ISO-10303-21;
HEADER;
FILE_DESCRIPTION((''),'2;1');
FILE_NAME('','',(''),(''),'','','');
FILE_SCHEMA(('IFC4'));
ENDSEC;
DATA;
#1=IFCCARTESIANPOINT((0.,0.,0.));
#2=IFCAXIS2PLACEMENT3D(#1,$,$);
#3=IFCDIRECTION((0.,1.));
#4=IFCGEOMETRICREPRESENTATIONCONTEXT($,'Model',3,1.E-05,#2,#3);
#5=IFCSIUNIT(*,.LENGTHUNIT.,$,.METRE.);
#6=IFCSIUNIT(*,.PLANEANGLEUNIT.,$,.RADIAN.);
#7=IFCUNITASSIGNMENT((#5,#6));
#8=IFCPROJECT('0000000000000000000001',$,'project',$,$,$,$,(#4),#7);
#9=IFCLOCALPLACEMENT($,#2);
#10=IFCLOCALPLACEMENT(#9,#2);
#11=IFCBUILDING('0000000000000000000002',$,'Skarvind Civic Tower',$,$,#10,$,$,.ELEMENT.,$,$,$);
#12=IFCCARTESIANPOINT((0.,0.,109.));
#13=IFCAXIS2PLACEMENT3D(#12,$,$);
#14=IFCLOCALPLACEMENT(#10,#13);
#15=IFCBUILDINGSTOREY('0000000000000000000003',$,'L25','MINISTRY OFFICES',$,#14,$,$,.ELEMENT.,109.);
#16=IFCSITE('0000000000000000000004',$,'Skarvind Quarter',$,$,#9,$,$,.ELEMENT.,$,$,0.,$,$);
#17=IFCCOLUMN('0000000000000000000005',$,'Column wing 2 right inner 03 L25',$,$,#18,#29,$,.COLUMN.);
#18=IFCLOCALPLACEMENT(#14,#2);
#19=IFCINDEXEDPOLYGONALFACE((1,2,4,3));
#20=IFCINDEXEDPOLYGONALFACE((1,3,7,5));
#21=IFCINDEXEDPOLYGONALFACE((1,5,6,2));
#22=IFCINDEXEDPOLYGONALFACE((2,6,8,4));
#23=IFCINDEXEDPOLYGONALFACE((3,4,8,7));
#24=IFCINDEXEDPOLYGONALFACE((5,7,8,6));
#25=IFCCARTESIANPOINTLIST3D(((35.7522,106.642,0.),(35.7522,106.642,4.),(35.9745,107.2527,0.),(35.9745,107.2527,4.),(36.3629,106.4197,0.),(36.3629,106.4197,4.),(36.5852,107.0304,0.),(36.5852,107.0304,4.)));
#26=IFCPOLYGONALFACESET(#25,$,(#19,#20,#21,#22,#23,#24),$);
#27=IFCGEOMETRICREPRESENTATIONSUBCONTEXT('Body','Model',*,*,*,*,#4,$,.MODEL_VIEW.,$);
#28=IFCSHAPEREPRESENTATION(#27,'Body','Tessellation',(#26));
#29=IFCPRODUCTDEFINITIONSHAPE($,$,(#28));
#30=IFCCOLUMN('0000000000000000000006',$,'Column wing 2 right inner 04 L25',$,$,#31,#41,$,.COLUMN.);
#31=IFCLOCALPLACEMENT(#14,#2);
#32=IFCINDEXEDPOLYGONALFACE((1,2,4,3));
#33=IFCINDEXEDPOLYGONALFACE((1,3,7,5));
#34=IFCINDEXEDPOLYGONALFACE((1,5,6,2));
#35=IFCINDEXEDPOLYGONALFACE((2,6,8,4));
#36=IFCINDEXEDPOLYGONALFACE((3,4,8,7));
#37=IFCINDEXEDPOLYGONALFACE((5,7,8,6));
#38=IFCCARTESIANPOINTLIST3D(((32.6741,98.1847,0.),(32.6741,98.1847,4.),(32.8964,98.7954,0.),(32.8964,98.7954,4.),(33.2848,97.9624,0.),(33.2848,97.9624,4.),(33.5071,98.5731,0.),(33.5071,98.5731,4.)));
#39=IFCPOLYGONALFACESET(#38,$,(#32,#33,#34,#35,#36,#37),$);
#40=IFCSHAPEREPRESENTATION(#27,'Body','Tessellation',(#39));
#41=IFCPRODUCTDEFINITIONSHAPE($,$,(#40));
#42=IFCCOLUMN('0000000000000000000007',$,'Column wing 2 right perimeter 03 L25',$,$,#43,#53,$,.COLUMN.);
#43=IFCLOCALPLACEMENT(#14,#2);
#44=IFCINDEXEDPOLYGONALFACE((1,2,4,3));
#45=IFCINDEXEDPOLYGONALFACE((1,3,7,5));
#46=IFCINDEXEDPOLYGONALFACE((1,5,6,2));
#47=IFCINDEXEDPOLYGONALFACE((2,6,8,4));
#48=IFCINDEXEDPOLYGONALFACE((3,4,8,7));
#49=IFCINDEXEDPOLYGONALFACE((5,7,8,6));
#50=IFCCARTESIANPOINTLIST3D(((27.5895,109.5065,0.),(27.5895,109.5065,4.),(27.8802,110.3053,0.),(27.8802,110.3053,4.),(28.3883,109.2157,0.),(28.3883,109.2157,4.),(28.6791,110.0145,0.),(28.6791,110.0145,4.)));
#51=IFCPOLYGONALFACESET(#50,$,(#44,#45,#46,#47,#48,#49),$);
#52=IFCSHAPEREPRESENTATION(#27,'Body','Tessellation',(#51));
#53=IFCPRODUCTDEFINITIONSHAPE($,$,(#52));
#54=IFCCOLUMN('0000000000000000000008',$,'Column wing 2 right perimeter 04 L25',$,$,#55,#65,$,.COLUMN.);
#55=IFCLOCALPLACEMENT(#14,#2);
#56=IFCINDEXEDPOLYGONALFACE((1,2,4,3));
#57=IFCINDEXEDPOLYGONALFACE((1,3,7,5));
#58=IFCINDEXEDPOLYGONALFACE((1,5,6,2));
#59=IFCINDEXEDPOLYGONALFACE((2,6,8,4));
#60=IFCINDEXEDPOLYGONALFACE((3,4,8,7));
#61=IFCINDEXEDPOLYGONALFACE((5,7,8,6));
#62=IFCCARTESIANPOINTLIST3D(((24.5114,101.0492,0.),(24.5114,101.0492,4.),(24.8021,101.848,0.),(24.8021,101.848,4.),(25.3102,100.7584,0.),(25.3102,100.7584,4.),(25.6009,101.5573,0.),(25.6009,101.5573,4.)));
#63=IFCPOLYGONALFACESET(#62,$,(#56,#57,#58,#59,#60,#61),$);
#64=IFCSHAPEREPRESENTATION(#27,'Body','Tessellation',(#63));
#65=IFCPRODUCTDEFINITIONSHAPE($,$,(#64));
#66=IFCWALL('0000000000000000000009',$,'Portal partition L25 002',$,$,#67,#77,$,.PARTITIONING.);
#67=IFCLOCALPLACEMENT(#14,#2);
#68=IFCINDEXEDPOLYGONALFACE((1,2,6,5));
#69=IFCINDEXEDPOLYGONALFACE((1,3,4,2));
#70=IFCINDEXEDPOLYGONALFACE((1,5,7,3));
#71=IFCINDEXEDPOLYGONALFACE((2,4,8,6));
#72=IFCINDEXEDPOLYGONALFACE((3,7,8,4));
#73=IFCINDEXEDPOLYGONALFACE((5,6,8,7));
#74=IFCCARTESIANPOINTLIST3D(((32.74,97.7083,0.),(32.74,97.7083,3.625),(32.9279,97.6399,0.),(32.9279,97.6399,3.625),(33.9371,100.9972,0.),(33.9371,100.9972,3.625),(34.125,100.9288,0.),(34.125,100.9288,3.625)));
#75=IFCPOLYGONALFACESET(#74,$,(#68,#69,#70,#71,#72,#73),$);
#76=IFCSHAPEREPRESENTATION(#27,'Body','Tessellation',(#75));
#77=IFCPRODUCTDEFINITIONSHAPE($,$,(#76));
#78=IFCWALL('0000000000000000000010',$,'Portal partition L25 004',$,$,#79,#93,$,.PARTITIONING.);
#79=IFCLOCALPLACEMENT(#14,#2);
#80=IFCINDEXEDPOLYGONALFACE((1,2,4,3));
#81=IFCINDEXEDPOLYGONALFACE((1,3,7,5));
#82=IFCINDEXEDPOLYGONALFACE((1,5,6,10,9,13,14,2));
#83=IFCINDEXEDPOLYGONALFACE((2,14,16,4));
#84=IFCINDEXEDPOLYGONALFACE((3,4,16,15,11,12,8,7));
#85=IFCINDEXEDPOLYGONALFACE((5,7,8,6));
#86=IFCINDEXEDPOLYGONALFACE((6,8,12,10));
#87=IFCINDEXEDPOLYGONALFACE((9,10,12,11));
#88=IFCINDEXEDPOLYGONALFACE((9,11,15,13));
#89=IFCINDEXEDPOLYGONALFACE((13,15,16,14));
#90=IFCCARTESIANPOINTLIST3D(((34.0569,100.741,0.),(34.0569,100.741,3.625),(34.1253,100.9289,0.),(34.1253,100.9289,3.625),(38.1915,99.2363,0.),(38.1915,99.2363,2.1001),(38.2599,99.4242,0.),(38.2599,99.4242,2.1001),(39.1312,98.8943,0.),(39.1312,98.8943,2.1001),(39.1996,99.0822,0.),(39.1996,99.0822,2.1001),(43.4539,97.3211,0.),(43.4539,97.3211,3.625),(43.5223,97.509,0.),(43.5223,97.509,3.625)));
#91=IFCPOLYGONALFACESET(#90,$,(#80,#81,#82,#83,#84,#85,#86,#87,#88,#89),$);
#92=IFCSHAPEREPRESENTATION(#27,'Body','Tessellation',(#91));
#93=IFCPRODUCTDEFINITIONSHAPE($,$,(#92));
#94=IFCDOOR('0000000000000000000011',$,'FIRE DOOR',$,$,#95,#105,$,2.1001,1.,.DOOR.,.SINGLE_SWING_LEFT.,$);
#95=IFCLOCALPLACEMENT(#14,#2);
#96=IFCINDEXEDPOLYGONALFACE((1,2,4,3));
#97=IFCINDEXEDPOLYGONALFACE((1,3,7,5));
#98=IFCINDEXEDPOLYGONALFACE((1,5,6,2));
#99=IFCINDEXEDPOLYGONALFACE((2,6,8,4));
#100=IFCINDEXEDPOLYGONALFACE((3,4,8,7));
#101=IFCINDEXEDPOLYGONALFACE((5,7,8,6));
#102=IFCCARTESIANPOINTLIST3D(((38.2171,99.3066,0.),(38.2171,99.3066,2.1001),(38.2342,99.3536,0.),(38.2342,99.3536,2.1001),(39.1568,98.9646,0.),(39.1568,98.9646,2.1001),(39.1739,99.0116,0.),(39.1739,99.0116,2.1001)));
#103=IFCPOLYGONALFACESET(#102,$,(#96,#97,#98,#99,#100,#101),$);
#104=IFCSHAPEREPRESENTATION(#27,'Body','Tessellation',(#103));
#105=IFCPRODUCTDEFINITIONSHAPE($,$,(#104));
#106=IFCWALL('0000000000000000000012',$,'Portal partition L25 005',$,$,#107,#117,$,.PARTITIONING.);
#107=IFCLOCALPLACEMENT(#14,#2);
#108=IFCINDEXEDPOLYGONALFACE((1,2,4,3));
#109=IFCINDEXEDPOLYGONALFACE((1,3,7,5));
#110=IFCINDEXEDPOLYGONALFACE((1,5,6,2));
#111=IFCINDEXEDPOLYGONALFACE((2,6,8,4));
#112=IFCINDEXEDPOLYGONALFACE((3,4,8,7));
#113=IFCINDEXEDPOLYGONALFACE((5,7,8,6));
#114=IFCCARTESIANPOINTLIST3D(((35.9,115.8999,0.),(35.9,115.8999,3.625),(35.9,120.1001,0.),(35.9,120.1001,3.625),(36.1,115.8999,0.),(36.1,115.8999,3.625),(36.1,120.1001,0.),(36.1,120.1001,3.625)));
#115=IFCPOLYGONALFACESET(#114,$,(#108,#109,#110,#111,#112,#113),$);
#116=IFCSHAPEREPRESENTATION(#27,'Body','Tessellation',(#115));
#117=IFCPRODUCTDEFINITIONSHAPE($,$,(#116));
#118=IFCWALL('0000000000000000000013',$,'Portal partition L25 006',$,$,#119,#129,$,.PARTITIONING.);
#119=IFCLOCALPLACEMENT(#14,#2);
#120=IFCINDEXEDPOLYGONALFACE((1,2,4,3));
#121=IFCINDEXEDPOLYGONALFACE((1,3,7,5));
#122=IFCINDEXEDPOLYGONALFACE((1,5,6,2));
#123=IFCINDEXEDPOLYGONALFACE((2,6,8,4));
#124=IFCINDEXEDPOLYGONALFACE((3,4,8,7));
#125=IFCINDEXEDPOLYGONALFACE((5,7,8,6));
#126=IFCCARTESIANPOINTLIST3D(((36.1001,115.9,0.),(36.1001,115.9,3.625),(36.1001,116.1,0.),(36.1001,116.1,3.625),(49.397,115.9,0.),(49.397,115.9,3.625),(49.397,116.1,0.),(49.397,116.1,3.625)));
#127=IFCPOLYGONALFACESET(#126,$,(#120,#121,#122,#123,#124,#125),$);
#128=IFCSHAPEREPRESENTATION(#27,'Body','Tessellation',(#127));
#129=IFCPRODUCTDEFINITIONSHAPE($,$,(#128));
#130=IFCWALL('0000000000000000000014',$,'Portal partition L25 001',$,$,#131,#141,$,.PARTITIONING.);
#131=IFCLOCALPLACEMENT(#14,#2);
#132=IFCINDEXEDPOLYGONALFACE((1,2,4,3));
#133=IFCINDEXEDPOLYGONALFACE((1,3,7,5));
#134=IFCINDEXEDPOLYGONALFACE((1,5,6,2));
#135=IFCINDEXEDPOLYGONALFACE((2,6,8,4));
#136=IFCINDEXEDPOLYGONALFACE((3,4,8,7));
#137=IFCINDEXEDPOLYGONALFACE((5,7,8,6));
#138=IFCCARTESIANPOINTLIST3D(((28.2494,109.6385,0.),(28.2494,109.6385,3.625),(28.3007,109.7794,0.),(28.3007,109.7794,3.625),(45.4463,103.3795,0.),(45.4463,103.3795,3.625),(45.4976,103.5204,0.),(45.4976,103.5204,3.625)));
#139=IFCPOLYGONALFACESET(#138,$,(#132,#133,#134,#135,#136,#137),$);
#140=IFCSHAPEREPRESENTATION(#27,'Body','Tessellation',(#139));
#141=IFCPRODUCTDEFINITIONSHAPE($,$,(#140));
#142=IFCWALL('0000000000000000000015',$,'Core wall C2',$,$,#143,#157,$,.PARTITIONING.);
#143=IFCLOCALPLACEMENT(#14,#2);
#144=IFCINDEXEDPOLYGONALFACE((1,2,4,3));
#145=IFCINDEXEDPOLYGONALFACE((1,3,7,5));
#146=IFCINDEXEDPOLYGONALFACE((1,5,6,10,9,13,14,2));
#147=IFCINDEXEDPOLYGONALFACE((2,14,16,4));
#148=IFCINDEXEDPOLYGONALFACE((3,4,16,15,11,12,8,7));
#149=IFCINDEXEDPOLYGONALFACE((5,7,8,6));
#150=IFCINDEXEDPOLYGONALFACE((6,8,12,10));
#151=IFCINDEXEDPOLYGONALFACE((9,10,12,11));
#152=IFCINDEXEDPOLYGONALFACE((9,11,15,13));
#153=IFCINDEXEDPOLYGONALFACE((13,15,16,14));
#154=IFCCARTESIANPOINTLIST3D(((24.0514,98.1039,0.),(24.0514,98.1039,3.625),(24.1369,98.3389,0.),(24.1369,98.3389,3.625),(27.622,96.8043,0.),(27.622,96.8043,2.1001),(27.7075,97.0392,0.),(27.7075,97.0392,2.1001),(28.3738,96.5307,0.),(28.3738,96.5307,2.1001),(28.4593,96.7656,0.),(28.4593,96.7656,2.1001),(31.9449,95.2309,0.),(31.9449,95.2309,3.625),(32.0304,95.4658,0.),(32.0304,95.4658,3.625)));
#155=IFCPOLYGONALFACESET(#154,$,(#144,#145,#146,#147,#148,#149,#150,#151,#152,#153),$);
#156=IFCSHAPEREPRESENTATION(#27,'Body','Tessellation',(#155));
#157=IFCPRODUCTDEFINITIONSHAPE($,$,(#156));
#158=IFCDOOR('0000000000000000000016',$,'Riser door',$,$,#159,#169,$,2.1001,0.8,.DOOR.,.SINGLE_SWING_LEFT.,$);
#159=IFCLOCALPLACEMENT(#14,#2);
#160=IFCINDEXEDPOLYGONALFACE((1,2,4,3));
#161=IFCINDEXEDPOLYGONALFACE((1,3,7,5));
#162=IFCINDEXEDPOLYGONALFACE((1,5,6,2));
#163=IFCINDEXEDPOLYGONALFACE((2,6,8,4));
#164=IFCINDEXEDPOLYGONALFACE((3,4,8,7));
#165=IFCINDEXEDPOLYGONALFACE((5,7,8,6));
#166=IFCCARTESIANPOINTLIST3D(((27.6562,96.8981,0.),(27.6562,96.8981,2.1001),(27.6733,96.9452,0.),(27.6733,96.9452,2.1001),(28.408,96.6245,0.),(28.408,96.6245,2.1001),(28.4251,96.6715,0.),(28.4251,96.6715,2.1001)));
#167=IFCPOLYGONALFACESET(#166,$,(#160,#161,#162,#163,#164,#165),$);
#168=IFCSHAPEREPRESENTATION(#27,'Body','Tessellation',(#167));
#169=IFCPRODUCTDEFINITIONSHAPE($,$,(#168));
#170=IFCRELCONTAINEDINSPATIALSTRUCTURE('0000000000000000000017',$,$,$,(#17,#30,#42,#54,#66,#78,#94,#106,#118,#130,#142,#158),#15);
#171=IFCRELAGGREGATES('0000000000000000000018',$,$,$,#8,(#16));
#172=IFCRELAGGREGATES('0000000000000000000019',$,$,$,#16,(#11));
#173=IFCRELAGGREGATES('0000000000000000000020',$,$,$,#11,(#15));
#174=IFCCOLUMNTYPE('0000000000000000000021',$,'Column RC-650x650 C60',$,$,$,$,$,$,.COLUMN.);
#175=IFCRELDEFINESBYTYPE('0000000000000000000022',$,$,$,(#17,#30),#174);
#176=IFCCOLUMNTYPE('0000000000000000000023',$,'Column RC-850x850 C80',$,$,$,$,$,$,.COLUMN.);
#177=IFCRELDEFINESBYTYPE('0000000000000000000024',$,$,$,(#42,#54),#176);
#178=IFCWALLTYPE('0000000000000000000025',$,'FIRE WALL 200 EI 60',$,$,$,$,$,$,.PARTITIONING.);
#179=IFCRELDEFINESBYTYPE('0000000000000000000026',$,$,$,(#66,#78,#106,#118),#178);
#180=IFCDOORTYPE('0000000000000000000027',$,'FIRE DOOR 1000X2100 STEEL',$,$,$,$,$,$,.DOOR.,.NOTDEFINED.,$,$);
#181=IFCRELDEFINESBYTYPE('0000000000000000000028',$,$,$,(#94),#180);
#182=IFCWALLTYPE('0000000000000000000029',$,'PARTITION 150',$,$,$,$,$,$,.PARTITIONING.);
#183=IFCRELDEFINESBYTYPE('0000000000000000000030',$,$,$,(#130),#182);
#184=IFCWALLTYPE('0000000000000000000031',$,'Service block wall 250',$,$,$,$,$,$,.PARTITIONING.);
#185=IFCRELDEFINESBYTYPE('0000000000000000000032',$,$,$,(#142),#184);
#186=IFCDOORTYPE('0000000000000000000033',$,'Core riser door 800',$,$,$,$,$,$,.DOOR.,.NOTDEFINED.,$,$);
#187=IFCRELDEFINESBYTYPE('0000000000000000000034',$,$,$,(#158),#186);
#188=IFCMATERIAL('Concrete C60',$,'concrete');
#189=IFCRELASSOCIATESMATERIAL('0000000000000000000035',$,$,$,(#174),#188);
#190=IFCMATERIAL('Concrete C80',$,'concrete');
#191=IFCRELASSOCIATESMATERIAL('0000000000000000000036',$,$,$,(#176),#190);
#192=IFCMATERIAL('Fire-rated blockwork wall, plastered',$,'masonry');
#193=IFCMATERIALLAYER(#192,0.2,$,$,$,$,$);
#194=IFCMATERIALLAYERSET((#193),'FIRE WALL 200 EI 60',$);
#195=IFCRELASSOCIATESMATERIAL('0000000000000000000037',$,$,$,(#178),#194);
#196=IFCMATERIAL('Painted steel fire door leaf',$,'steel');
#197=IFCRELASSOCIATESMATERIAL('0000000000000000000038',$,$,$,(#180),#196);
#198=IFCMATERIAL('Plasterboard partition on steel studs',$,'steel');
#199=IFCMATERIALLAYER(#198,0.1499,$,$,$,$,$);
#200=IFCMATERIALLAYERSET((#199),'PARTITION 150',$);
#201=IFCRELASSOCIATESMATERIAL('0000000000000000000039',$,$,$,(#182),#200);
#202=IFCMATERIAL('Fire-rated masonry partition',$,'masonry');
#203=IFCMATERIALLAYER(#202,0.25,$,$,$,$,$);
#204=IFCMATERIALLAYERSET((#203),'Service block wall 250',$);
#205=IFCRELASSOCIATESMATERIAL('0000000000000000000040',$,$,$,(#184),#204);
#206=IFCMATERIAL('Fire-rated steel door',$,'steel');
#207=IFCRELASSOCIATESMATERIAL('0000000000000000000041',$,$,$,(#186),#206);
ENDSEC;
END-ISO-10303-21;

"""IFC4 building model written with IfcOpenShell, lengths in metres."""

from ifc_helpers import new_model, si_unit, direction, frame, frame_2d, origin, origin_2d, place, context, subcontext, project, spatial, rectangle, extrude, material, layer, layer_set, material_profile, profile_set, type_object, element, fill, save


model = new_model("IFC4")

# Units and contexts
model_context = context("Model", 3, precision=1e-05, world=origin(), true_north=direction((0.0, 1.0)))
body_context = subcontext(model_context, "Body", "Model", "MODEL_VIEW")
ifc_project = project(units=[si_unit("LENGTHUNIT", "METRE"), si_unit("PLANEANGLEUNIT", "RADIAN")], contexts=[model_context])

# Site, building, storey
site_placement = place(None, origin())
site = spatial("IfcSite", under=ifc_project, at=site_placement, Name="Skarvind Quarter", CompositionType="ELEMENT", RefElevation=0.0)
building_placement = place(site_placement, origin())
building = spatial("IfcBuilding", under=site, at=building_placement, Name="Skarvind Civic Tower", CompositionType="ELEMENT")
storey_placement = place(building_placement, frame((0.0, 0.0, 109.0)))
storey = spatial("IfcBuildingStorey", under=building, at=storey_placement, Name="L25", Description="MINISTRY OFFICES", CompositionType="ELEMENT", Elevation=109.0)

# Columns
ifc_material_1 = material(Name="Concrete C60", Category="concrete")
ifc_material_profile_1 = material_profile(ifc_material_1, rectangle(XDim=0.6499, YDim=0.6499, at=origin_2d()), Name="RC-650x650")
ifc_profile_set_1 = profile_set([ifc_material_profile_1], Name="Concrete C60")
column_type_1 = type_object("IfcColumnType", Name="Column RC-650x650 C60", PredefinedType="COLUMN", material=ifc_profile_set_1)
for number, where, z_axis, x_axis, name in (
    (1, (36.1687, 106.8362, 0.0), (0.0, 0.0, 1.0), (-0.34202, -0.939693, 0.0), "Column wing 2 right inner 03 L25"),
    (2, (33.0906, 98.3789, 0.0), (0.0, 0.0, 1.0), (-0.34202, -0.939693, 0.0), "Column wing 2 right inner 04 L25"),
):
    element("IfcColumn", number, at=place(storey_placement, frame(where, z_axis=z_axis, x_axis=x_axis)), inside=storey, type_object=column_type_1, Name=name, PredefinedType="COLUMN", context=body_context, shape_type="SweptSolid", body=[
        extrude(rectangle(XDim=0.6499, YDim=0.6499, at=origin_2d()), origin(), (0.0, 0.0, 1.0), 4.0),
    ])
ifc_material_2 = material(Name="Concrete C80", Category="concrete")
ifc_material_profile_2 = material_profile(ifc_material_2, rectangle(XDim=0.8501, YDim=0.8501, at=origin_2d()), Name="RC-850x850")
ifc_profile_set_2 = profile_set([ifc_material_profile_2], Name="Concrete C80")
column_type_2 = type_object("IfcColumnType", Name="Column RC-850x850 C80", PredefinedType="COLUMN", material=ifc_profile_set_2)
for number, where, z_axis, x_axis, name in (
    (3, (28.1343, 109.7605, 0.0), (0.0, 0.0, 1.0), (-0.34202, -0.939693, 0.0), "Column wing 2 right perimeter 03 L25"),
    (4, (25.0562, 101.3032, 0.0), (0.0, 0.0, 1.0), (-0.34202, -0.939693, 0.0), "Column wing 2 right perimeter 04 L25"),
):
    element("IfcColumn", number, at=place(storey_placement, frame(where, z_axis=z_axis, x_axis=x_axis)), inside=storey, type_object=column_type_2, Name=name, PredefinedType="COLUMN", context=body_context, shape_type="SweptSolid", body=[
        extrude(rectangle(XDim=0.8501, YDim=0.8501, at=origin_2d()), origin(), (0.0, 0.0, 1.0), 4.0),
    ])

# Wall
ifc_material_3 = material(Name="Fire-rated blockwork wall, plastered", Category="masonry")
ifc_layer_1 = layer(ifc_material_3, 0.2)
ifc_layer_set_1 = layer_set([ifc_layer_1], Name="FIRE WALL 200 EI 60")
wall_type_1 = type_object("IfcWallType", Name="FIRE WALL 200 EI 60", PredefinedType="PARTITIONING", material=ifc_layer_set_1)
wall_1_placement = place(storey_placement, frame((32.834, 97.6741, 0.0), z_axis=(0.0, 0.0, 1.0), x_axis=(0.342017, 0.939694, 0.0)))
element("IfcWall", 5, at=wall_1_placement, inside=storey, type_object=wall_type_1, Name="Portal partition L25 002", PredefinedType="PARTITIONING", context=body_context, shape_type="SweptSolid", body=[
    extrude(rectangle(XDim=3.5, YDim=0.2, at=frame_2d((1.75, 0.0))), origin(), (0.0, 0.0, 1.0), 3.625),
])

# Wall, opening, door
wall_2_placement = place(storey_placement, frame((34.0911, 100.835, 0.0), z_axis=(0.0, 0.0, 1.0), x_axis=(0.939702, -0.341994, 0.0)))
wall_2 = element("IfcWall", 6, at=wall_2_placement, inside=storey, type_object=wall_type_1, Name="Portal partition L25 004", PredefinedType="PARTITIONING", context=body_context, shape_type="SweptSolid", body=[
    extrude(rectangle(XDim=10.0, YDim=0.2, at=frame_2d((5.0, 0.0))), origin(), (0.0, 0.0, 1.0), 3.625),
])
opening_1_placement = place(wall_2_placement, frame((4.3999, 0.0, 0.0)))
opening_1 = element("IfcOpeningElement", 7, at=opening_1_placement, cuts=wall_2, PredefinedType="OPENING", context=body_context, shape_type="SweptSolid", body=[
    extrude(rectangle(XDim=1.0, YDim=2.1001, at=frame_2d((0.5, 1.05))), frame((0.0, 0.1099, 0.0), z_axis=(0.0, -1.0, 0.0), x_axis=(1.0, 0.0, 0.0)), (0.0, 0.0, 1.0), 0.22),
])
ifc_material_4 = material(Name="Painted steel fire door leaf", Category="steel")
door_type_1 = type_object("IfcDoorType", Name="FIRE DOOR 1000X2100 STEEL", OperationType="NOTDEFINED", PredefinedType="DOOR", material=ifc_material_4)
door_1_placement = place(opening_1_placement, origin())
door_1 = element("IfcDoor", 8, at=door_1_placement, inside=storey, type_object=door_type_1, Name="FIRE DOOR", OperationType="SINGLE_SWING_LEFT", OverallHeight=2.1001, OverallWidth=1.0, PredefinedType="DOOR", context=body_context, shape_type="SweptSolid", body=[
    extrude(rectangle(XDim=1.0, YDim=2.1001, at=frame_2d((0.5, 1.05))), frame((0.0, 0.0249, 0.0), z_axis=(0.0, -1.0, 0.0), x_axis=(1.0, 0.0, 0.0)), (0.0, 0.0, 1.0), 0.05),
])
fill(opening_1, door_1)

# Walls
wall_3_placement = place(storey_placement, frame((36.0, 115.8999, 0.0), z_axis=(0.0, 0.0, 1.0), x_axis=(0.0, 1.0, 0.0)))
element("IfcWall", 9, at=wall_3_placement, inside=storey, type_object=wall_type_1, Name="Portal partition L25 005", PredefinedType="PARTITIONING", context=body_context, shape_type="SweptSolid", body=[
    extrude(rectangle(XDim=4.2002, YDim=0.2, at=frame_2d((2.1001, 0.0))), origin(), (0.0, 0.0, 1.0), 3.625),
])
wall_4_placement = place(storey_placement, frame((36.1001, 116.0, 0.0), z_axis=(0.0, 0.0, 1.0), x_axis=(1.0, 0.0, 0.0)))
element("IfcWall", 10, at=wall_4_placement, inside=storey, type_object=wall_type_1, Name="Portal partition L25 006", PredefinedType="PARTITIONING", context=body_context, shape_type="SweptSolid", body=[
    extrude(rectangle(XDim=13.2969, YDim=0.2, at=frame_2d((6.6484, 0.0))), origin(), (0.0, 0.0, 1.0), 3.625),
])
ifc_material_5 = material(Name="Plasterboard partition on steel studs", Category="steel")
ifc_layer_2 = layer(ifc_material_5, 0.1499)
ifc_layer_set_2 = layer_set([ifc_layer_2], Name="PARTITION 150")
wall_type_2 = type_object("IfcWallType", Name="PARTITION 150", PredefinedType="PARTITIONING", material=ifc_layer_set_2)
wall_5_placement = place(storey_placement, frame((28.2749, 109.709, 0.0), z_axis=(0.0, 0.0, 1.0), x_axis=(0.939696, -0.342012, 0.0)))
element("IfcWall", 11, at=wall_5_placement, inside=storey, type_object=wall_type_2, Name="Portal partition L25 001", PredefinedType="PARTITIONING", context=body_context, shape_type="SweptSolid", body=[
    extrude(rectangle(XDim=18.3005, YDim=0.1499, at=frame_2d((9.1504, 0.0))), origin(), (0.0, 0.0, 1.0), 3.625),
])

# Wall, opening, door
ifc_material_6 = material(Name="Fire-rated masonry partition", Category="masonry")
ifc_layer_3 = layer(ifc_material_6, 0.25)
ifc_layer_set_3 = layer_set([ifc_layer_3], Name="Service block wall 250")
wall_type_3 = type_object("IfcWallType", Name="Service block wall 250", PredefinedType="PARTITIONING", material=ifc_layer_set_3)
wall_6_placement = place(storey_placement, frame((24.094, 98.2214, 0.0), z_axis=(0.0, 0.0, 1.0), x_axis=(0.939692, -0.342023, 0.0)))
wall_6 = element("IfcWall", 12, at=wall_6_placement, inside=storey, type_object=wall_type_3, Name="Core wall C2", PredefinedType="PARTITIONING", context=body_context, shape_type="SweptSolid", body=[
    extrude(rectangle(XDim=8.4001, YDim=0.25, at=frame_2d((4.2002, 0.0))), origin(), (0.0, 0.0, 1.0), 3.625),
])
opening_2_placement = place(wall_6_placement, frame((3.8, 0.0, 0.0)))
opening_2 = element("IfcOpeningElement", 13, at=opening_2_placement, cuts=wall_6, PredefinedType="OPENING", context=body_context, shape_type="SweptSolid", body=[
    extrude(rectangle(XDim=0.8, YDim=2.1001, at=frame_2d((0.3999, 1.05))), frame((0.0, 0.135, 0.0), z_axis=(0.0, -1.0, 0.0), x_axis=(1.0, 0.0, 0.0)), (0.0, 0.0, 1.0), 0.27),
])
ifc_material_7 = material(Name="Fire-rated steel door", Category="steel")
door_type_2 = type_object("IfcDoorType", Name="Core riser door 800", OperationType="NOTDEFINED", PredefinedType="DOOR", material=ifc_material_7)
door_2_placement = place(opening_2_placement, origin())
door_2 = element("IfcDoor", 14, at=door_2_placement, inside=storey, type_object=door_type_2, Name="Riser door", OperationType="SINGLE_SWING_LEFT", OverallHeight=2.1001, OverallWidth=0.8, PredefinedType="DOOR", context=body_context, shape_type="SweptSolid", body=[
    extrude(rectangle(XDim=0.8, YDim=2.1001, at=frame_2d((0.3999, 1.05))), frame((0.0, 0.0249, 0.0), z_axis=(0.0, -1.0, 0.0), x_axis=(1.0, 0.0, 0.0)), (0.0, 0.0, 1.0), 0.05),
])
fill(opening_2, door_2)

save(model, "model.ifc")
